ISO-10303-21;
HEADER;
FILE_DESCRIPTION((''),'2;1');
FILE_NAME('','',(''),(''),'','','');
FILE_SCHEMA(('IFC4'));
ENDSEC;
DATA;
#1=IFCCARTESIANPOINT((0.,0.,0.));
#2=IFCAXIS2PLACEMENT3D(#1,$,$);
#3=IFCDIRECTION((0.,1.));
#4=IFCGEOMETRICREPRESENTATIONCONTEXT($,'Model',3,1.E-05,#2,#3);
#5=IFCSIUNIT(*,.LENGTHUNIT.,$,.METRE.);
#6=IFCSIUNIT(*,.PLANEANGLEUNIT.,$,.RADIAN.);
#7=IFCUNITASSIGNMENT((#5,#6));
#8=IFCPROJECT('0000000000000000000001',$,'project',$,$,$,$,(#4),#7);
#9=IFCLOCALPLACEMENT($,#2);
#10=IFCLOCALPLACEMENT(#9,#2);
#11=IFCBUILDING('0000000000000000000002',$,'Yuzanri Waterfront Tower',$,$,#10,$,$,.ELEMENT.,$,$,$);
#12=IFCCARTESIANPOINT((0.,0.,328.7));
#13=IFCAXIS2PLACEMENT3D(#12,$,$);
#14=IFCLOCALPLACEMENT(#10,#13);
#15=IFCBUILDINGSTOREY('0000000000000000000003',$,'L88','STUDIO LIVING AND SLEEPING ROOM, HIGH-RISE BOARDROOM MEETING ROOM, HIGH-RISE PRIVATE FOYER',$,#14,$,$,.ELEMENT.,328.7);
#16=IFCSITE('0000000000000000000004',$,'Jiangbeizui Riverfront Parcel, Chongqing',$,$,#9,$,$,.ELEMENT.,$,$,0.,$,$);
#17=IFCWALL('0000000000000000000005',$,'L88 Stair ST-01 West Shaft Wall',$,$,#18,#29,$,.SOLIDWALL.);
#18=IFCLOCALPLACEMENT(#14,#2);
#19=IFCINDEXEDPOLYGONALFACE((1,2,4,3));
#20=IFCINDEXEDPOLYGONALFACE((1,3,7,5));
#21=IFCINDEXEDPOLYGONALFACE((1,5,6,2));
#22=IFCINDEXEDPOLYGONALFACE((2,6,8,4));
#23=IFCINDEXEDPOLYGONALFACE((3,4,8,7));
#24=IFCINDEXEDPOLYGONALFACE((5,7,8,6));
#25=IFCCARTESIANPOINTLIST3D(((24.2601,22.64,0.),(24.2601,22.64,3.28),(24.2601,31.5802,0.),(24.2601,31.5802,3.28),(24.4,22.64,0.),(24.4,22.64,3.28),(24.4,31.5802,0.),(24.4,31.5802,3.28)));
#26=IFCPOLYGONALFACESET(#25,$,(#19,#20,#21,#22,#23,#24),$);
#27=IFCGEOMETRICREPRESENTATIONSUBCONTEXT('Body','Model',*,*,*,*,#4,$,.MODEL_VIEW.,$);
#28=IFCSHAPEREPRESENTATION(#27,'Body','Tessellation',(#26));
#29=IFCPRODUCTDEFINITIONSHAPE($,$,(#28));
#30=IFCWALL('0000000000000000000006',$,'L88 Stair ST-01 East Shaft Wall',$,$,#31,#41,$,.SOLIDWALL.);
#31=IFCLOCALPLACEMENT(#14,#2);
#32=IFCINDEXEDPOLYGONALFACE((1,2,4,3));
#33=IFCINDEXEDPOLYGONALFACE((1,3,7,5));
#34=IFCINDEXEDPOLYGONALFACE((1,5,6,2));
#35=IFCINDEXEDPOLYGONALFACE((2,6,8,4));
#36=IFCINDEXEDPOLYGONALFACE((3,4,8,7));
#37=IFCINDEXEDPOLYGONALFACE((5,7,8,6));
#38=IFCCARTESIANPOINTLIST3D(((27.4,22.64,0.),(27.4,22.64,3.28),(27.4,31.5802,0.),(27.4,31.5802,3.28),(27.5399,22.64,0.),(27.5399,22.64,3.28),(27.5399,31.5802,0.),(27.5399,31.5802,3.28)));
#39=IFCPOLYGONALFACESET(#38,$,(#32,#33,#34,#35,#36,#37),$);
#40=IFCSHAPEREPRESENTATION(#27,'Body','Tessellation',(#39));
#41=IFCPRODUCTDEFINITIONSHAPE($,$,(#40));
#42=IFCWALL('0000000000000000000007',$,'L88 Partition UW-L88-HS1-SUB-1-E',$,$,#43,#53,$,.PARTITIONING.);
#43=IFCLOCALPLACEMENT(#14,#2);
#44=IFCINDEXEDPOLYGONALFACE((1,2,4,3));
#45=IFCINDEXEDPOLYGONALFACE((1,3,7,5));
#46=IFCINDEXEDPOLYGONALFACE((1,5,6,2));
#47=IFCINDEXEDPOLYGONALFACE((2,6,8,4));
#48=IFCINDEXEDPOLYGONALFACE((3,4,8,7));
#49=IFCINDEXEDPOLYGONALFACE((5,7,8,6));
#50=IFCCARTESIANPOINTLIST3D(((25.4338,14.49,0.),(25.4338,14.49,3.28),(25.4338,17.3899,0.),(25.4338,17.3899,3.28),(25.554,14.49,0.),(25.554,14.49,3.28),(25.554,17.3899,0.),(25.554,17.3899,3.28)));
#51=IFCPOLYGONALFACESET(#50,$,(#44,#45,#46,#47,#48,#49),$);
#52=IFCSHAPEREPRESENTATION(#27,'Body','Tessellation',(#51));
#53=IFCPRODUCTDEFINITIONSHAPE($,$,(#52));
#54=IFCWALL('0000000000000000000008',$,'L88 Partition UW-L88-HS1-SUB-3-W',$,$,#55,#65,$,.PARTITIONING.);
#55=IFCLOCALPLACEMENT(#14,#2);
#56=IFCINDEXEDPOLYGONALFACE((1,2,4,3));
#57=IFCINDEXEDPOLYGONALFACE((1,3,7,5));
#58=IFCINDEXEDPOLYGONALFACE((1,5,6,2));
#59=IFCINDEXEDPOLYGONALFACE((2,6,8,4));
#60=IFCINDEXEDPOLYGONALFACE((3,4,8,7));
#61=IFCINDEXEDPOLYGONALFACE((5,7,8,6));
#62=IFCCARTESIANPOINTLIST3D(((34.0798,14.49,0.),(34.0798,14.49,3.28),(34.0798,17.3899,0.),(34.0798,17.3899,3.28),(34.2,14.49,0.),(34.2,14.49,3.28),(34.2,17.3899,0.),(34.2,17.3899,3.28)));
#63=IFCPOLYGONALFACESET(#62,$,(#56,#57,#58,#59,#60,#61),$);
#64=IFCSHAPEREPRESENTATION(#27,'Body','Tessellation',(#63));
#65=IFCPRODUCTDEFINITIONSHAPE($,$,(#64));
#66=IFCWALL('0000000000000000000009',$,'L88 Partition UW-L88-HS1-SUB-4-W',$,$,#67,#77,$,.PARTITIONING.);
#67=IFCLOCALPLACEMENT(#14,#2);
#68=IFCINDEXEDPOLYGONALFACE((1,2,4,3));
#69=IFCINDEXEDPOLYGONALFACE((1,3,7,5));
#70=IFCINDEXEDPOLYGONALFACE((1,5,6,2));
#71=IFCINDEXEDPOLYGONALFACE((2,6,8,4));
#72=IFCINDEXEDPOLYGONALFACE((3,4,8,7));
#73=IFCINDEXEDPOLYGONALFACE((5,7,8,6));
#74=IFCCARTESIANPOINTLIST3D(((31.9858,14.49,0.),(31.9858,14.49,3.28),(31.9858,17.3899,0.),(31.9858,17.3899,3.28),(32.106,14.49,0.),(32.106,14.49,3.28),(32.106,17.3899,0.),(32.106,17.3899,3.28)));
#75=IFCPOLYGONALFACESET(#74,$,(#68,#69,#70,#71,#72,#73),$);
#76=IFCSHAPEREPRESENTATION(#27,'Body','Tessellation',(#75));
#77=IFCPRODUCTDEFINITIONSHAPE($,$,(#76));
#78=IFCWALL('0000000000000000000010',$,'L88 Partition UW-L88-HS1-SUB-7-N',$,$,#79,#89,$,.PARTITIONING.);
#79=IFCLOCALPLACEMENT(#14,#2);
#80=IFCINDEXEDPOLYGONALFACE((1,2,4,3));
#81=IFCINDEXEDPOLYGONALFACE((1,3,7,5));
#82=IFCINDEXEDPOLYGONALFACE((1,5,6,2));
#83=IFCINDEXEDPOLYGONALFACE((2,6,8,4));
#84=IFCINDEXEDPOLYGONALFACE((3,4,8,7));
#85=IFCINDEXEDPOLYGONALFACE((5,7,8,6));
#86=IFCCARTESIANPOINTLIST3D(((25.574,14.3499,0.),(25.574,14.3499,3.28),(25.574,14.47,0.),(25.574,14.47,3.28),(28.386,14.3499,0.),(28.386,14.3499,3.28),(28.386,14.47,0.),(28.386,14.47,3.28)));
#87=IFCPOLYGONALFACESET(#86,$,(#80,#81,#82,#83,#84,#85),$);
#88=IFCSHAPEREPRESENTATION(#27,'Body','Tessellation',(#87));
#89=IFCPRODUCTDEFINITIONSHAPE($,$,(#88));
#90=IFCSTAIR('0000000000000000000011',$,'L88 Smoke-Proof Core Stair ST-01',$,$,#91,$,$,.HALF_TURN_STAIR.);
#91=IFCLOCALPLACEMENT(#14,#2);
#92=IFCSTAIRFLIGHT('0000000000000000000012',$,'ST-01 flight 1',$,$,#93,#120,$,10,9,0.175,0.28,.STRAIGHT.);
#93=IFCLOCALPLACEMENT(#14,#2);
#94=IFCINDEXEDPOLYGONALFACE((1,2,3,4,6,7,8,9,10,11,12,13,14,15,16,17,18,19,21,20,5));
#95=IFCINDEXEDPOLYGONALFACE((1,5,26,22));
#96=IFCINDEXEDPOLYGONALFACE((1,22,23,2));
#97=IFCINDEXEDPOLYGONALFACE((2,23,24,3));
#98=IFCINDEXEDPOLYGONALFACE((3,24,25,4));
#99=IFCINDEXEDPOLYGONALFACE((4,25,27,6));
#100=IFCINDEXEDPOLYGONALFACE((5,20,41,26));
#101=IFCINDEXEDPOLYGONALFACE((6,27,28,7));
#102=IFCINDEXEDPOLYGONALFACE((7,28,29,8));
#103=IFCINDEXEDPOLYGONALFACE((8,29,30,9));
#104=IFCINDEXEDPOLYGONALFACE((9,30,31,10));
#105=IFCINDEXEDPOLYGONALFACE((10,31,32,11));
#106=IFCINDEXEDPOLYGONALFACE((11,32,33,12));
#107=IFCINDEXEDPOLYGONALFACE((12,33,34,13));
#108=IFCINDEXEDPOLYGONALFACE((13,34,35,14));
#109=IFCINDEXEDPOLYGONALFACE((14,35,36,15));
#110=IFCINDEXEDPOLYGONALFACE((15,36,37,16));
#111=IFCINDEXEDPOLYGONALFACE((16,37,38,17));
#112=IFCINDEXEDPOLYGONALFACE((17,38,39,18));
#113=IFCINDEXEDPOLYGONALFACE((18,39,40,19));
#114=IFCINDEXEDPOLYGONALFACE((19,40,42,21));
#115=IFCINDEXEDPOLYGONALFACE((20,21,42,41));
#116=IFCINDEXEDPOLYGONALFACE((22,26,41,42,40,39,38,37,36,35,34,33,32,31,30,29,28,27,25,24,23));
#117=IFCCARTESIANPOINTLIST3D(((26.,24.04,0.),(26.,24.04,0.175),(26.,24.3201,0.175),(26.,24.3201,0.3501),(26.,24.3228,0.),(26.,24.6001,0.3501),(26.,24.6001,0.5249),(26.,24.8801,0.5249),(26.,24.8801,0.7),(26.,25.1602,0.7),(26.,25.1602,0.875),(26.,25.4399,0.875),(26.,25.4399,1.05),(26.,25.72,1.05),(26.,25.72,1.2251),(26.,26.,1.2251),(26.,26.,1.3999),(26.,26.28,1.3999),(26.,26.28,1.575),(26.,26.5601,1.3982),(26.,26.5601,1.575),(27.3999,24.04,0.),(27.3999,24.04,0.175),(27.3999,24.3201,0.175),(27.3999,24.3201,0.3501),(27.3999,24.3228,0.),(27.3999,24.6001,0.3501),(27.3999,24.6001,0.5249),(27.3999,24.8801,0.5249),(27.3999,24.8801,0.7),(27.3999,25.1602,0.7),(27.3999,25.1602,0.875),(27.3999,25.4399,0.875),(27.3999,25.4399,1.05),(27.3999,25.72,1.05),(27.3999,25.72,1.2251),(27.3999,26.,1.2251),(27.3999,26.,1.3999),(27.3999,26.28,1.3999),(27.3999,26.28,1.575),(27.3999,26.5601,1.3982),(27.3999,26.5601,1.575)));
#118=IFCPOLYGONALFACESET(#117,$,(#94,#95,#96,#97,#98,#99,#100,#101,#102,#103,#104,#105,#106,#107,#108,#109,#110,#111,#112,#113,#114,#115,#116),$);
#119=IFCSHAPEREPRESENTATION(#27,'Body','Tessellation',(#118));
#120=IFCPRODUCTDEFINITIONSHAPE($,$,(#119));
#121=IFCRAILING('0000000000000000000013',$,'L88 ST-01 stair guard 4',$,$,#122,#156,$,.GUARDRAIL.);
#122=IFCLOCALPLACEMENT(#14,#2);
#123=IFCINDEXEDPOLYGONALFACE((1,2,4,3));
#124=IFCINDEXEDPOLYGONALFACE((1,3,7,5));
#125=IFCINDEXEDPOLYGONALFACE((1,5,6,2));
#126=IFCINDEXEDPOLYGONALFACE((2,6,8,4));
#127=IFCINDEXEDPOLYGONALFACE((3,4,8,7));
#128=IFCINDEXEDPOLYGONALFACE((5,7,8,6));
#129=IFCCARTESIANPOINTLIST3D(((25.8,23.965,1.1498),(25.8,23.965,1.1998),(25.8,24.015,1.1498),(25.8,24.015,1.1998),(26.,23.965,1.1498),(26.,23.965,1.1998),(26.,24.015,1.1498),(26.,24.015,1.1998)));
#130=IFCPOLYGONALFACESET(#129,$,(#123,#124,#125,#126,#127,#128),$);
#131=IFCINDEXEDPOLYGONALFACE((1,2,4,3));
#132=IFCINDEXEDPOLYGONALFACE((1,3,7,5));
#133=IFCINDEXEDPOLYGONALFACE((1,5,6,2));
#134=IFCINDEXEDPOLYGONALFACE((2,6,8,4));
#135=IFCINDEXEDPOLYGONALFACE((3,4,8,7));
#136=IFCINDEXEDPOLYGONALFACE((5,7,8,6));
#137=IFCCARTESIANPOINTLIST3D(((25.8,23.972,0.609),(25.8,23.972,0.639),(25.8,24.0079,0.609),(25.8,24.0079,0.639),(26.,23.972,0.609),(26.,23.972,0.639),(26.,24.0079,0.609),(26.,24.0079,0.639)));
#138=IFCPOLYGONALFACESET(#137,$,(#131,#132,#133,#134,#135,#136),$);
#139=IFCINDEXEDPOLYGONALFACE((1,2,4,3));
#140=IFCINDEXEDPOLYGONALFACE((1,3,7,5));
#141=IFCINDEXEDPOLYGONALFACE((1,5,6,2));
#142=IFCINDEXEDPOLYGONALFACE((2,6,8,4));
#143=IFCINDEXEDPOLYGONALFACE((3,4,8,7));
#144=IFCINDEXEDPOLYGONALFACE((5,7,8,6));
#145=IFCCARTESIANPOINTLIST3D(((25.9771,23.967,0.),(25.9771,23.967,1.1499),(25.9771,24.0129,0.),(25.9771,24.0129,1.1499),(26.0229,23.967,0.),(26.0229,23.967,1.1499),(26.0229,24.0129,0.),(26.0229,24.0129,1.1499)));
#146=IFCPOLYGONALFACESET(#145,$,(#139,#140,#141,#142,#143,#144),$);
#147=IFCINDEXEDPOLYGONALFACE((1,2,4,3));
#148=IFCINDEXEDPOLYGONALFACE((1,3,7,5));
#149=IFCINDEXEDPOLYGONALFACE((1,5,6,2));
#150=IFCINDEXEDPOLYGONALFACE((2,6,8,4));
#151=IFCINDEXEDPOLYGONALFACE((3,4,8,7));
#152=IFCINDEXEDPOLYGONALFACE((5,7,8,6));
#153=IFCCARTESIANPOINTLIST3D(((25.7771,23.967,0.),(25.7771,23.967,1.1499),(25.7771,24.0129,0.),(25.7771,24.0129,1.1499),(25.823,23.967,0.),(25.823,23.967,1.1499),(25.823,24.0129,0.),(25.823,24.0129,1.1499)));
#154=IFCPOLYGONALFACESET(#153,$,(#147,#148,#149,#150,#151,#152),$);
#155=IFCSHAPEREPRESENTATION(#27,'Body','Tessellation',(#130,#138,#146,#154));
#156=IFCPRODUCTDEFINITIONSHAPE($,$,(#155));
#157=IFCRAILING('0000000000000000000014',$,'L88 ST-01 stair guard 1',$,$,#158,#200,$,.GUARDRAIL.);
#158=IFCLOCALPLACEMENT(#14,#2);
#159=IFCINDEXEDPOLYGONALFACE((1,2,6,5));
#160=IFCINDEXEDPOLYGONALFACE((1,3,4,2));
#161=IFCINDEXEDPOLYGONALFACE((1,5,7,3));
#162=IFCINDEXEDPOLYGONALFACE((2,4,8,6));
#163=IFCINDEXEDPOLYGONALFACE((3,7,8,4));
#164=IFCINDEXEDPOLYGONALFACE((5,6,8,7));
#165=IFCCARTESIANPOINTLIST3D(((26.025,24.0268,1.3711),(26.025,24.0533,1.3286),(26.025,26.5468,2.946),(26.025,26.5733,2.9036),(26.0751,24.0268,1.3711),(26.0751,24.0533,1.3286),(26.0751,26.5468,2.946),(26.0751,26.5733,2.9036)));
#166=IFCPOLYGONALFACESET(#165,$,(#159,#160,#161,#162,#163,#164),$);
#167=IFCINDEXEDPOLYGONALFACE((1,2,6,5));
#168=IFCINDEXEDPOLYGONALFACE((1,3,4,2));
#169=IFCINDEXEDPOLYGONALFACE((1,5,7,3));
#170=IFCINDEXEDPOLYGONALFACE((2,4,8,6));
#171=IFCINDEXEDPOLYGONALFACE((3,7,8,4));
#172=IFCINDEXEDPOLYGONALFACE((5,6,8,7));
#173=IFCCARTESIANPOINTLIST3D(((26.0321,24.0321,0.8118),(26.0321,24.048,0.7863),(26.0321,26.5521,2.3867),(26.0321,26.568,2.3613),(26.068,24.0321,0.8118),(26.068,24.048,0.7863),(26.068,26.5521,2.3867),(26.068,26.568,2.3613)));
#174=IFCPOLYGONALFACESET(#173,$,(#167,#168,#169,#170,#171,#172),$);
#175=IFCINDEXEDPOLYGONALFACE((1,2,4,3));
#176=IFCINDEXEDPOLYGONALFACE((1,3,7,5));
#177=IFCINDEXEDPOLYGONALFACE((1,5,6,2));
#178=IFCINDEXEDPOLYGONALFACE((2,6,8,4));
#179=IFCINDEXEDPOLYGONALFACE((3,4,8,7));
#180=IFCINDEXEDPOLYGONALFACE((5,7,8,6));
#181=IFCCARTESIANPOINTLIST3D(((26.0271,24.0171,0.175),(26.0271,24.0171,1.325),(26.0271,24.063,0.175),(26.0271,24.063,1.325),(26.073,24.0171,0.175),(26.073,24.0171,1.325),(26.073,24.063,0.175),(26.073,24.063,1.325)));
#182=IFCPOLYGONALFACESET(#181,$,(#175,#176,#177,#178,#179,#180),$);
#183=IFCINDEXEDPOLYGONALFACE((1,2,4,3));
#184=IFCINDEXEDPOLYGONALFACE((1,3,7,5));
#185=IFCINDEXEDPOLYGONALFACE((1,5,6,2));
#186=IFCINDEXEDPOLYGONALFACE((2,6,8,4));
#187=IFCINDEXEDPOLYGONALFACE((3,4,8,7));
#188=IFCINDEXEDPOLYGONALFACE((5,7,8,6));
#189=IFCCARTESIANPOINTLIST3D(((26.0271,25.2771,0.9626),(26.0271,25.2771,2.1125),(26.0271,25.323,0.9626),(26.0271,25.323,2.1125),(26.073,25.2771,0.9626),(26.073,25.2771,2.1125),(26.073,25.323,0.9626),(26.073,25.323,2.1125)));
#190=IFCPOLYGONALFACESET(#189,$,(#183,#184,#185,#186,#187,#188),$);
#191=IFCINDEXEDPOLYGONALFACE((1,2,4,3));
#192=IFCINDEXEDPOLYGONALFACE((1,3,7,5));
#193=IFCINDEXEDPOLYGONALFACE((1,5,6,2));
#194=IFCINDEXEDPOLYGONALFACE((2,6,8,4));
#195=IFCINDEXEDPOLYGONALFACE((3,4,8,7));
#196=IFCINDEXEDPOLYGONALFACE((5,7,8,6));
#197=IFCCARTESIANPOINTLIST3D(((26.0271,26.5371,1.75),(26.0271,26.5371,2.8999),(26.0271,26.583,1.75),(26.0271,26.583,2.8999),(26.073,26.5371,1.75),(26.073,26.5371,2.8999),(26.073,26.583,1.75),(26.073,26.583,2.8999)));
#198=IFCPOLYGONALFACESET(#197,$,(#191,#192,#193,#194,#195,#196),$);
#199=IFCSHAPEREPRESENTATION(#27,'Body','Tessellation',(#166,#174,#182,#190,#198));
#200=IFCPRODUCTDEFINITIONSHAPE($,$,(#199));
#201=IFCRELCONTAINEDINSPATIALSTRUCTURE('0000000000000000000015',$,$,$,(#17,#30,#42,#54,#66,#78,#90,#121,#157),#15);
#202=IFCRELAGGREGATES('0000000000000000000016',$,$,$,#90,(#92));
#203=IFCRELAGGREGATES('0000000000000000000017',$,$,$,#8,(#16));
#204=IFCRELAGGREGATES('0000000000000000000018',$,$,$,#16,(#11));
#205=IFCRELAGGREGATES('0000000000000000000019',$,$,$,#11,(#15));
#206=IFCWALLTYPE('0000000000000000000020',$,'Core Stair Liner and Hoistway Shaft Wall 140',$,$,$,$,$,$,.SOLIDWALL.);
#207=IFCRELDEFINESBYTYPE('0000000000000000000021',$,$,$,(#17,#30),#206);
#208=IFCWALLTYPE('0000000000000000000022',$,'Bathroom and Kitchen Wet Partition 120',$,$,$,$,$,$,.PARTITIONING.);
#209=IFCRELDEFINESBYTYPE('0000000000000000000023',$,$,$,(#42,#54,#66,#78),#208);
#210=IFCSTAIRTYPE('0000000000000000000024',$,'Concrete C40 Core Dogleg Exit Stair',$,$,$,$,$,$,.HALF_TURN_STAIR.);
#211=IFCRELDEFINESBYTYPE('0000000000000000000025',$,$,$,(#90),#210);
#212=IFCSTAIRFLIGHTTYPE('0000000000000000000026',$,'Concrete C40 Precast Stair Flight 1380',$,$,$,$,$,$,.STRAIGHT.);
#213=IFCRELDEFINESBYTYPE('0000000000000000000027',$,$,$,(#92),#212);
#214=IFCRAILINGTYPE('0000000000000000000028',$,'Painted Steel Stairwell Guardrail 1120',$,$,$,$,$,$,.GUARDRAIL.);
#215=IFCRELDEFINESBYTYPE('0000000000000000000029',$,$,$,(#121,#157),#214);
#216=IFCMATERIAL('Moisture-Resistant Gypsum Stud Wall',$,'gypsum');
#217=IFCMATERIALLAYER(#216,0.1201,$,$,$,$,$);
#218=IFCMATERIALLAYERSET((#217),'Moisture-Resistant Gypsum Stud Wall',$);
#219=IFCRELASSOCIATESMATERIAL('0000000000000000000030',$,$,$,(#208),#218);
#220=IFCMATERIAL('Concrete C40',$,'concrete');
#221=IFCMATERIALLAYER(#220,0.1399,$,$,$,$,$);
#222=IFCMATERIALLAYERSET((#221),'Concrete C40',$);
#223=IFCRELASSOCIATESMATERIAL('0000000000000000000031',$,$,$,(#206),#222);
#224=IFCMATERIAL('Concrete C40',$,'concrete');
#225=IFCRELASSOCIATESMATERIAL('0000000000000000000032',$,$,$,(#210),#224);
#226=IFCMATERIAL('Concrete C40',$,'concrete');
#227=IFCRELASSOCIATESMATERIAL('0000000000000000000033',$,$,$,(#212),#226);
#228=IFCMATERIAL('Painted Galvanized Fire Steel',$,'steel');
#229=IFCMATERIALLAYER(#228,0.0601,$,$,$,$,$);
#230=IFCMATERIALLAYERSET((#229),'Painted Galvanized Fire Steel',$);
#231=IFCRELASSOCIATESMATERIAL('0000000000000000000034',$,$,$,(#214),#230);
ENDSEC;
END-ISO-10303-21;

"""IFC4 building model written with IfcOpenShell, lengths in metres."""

from ifc_helpers import new_model, si_unit, direction, frame, frame_2d, origin, origin_2d, place, context, subcontext, project, spatial, polyline, rectangle, outline, extrude, source, transform, mapped, material, layer, layer_set, type_object, element, aggregate, save


model = new_model("IFC4")

# Units and contexts
model_context = context("Model", 3, precision=1e-05, world=origin(), true_north=direction((0.0, 1.0)))
body_context = subcontext(model_context, "Body", "Model", "MODEL_VIEW")
ifc_project = project(units=[si_unit("LENGTHUNIT", "METRE"), si_unit("PLANEANGLEUNIT", "RADIAN")], contexts=[model_context])

# Site, building, storey
site_placement = place(None, origin())
site = spatial("IfcSite", under=ifc_project, at=site_placement, Name="Jiangbeizui Riverfront Parcel, Chongqing", CompositionType="ELEMENT", RefElevation=0.0)
building_placement = place(site_placement, origin())
building = spatial("IfcBuilding", under=site, at=building_placement, Name="Yuzanri Waterfront Tower", CompositionType="ELEMENT")
storey_placement = place(building_placement, frame((0.0, 0.0, 328.7)))
storey = spatial("IfcBuildingStorey", under=building, at=storey_placement, Name="L88", Description="STUDIO LIVING AND SLEEPING ROOM, HIGH-RISE BOARDROOM MEETING ROOM, HIGH-RISE PRIVATE FOYER", CompositionType="ELEMENT", Elevation=328.7)

# Shared definitions
ifc_material_1 = material(Name="Moisture-Resistant Gypsum Stud Wall", Category="gypsum")
ifc_layer_1 = layer(ifc_material_1, 0.1201)
ifc_layer_set_1 = layer_set([ifc_layer_1], Name="Moisture-Resistant Gypsum Stud Wall")
wall_type_1 = type_object("IfcWallType", Name="Bathroom and Kitchen Wet Partition 120", PredefinedType="PARTITIONING", material=ifc_layer_set_1)

# Shared definitions
ifc_material_2 = material(Name="Concrete C40", Category="concrete")
ifc_layer_2 = layer(ifc_material_2, 0.1399)
ifc_layer_set_2 = layer_set([ifc_layer_2], Name="Concrete C40")
wall_type_2 = type_object("IfcWallType", Name="Core Stair Liner and Hoistway Shaft Wall 140", PredefinedType="SOLIDWALL", material=ifc_layer_set_2)

# Walls
shared_shape_1 = source(origin(), body_context, "Body", "SweptSolid", [
    extrude(rectangle(XDim=8.9402, YDim=0.1399, at=frame_2d((4.4702, 0.0))), origin(), (0.0, 0.0, 1.0), 3.28),
])
for number, where, z_axis, x_axis, name in (
    (1, (24.3301, 22.6399, 0.0), (0.0, 0.0, 1.0), (0.0, 1.0, 0.0), "L88 Stair ST-01 West Shaft Wall"),
    (2, (27.47, 22.6399, 0.0), (0.0, 0.0, 1.0), (0.0, 1.0, 0.0), "L88 Stair ST-01 East Shaft Wall"),
):
    element("IfcWall", number, at=place(storey_placement, frame(where, z_axis=z_axis, x_axis=x_axis)), inside=storey, type_object=wall_type_2, Name=name, PredefinedType="SOLIDWALL", context=body_context, shape_type="MappedRepresentation", body=[
        mapped(shared_shape_1, transform((0.0, 0.0, 0.0), scale=1.0)),
    ])
shared_shape_2 = source(origin(), body_context, "Body", "SweptSolid", [
    extrude(rectangle(XDim=2.8999, YDim=0.1201, at=frame_2d((1.45, 0.0))), origin(), (0.0, 0.0, 1.0), 3.28),
])
for number, where, z_axis, x_axis, name in (
    (3, (25.4939, 14.49, 0.0), (0.0, 0.0, 1.0), (0.0, 1.0, 0.0), "L88 Partition UW-L88-HS1-SUB-1-E"),
    (4, (34.1399, 14.49, 0.0), (0.0, 0.0, 1.0), (0.0, 1.0, 0.0), "L88 Partition UW-L88-HS1-SUB-3-W"),
    (5, (32.0459, 14.49, 0.0), (0.0, 0.0, 1.0), (0.0, 1.0, 0.0), "L88 Partition UW-L88-HS1-SUB-4-W"),
):
    element("IfcWall", number, at=place(storey_placement, frame(where, z_axis=z_axis, x_axis=x_axis)), inside=storey, type_object=wall_type_1, Name=name, PredefinedType="PARTITIONING", context=body_context, shape_type="MappedRepresentation", body=[
        mapped(shared_shape_2, transform((0.0, 0.0, 0.0), scale=1.0)),
    ])
shared_shape_3 = source(origin(), body_context, "Body", "SweptSolid", [
    extrude(rectangle(XDim=2.812, YDim=0.1201, at=frame_2d((1.406, 0.0))), origin(), (0.0, 0.0, 1.0), 3.28),
])
wall_1_placement = place(storey_placement, frame((25.574, 14.4099, 0.0), z_axis=(0.0, 0.0, 1.0), x_axis=(1.0, 0.0, 0.0)))
element("IfcWall", 6, at=wall_1_placement, inside=storey, type_object=wall_type_1, Name="L88 Partition UW-L88-HS1-SUB-7-N", PredefinedType="PARTITIONING", context=body_context, shape_type="MappedRepresentation", body=[
    mapped(shared_shape_3, transform((0.0, 0.0, 0.0), scale=1.0)),
])

# Stair, stair flight
ifc_material_3 = material(Name="Concrete C40", Category="concrete")
stair_type = type_object("IfcStairType", Name="Concrete C40 Core Dogleg Exit Stair", PredefinedType="HALF_TURN_STAIR", material=ifc_material_3)
stair_placement = place(storey_placement, origin())
stair = element("IfcStair", 7, at=stair_placement, inside=storey, type_object=stair_type, Name="L88 Smoke-Proof Core Stair ST-01", PredefinedType="HALF_TURN_STAIR")
ifc_material_4 = material(Name="Concrete C40", Category="concrete")
stair_flight_type = type_object("IfcStairFlightType", Name="Concrete C40 Precast Stair Flight 1380", PredefinedType="STRAIGHT", material=ifc_material_4)
shared_shape_4 = source(origin(), body_context, "Body", "SweptSolid", [
    extrude(outline(polyline([(0.0, 0.0), (0.0, 0.175), (0.28, 0.175), (0.28, 0.3501), (0.5601, 0.3501), (0.5601, 0.5249), (0.8401, 0.5249), (0.8401, 0.7), (1.1201, 0.7), (1.1201, 0.875), (1.3999, 0.875), (1.3999, 1.05), (1.6799, 1.05), (1.6799, 1.2251), (1.96, 1.2251), (1.96, 1.3999), (2.24, 1.3999), (2.24, 1.575), (2.52, 1.575), (2.52, 1.75), (2.52, 1.3982), (0.2827, 0.0), (0.0, 0.0)])), frame((0.0, 0.7, 0.0), z_axis=(0.0, -1.0, 0.0), x_axis=(1.0, 0.0, 0.0)), (0.0, 0.0, 1.0), 1.3999),
])
stair_flight_placement = place(storey_placement, frame((26.7, 24.04, 0.0), z_axis=(0.0, 0.0, 1.0), x_axis=(0.0, 1.0, 0.0)))
stair_flight = element("IfcStairFlight", 8, at=stair_flight_placement, type_object=stair_flight_type, Name="ST-01 flight 1", NumberOfRisers=10, NumberOfTreads=9, PredefinedType="STRAIGHT", RiserHeight=0.175, TreadLength=0.28, context=body_context, shape_type="MappedRepresentation", body=[
    mapped(shared_shape_4, transform((0.0, 0.0, 0.0), scale=1.0)),
])
aggregate(stair, [stair_flight])

# Railings
ifc_material_5 = material(Name="Painted Galvanized Fire Steel", Category="steel")
ifc_layer_3 = layer(ifc_material_5, 0.0601)
ifc_layer_set_3 = layer_set([ifc_layer_3], Name="Painted Galvanized Fire Steel")
railing_type = type_object("IfcRailingType", Name="Painted Steel Stairwell Guardrail 1120", PredefinedType="GUARDRAIL", material=ifc_layer_set_3)
shared_shape_5 = source(origin(), body_context, "Body", "SweptSolid", [
    extrude(rectangle(XDim=0.05, YDim=0.05, at=origin_2d()), frame((0.0, 0.0, 1.1748), z_axis=(-1.0, 0.0, 0.0), x_axis=(0.0, -1.0, 0.0)), (0.0, 0.0, 1.0), 0.2),
    extrude(rectangle(XDim=0.0359, YDim=0.03, at=origin_2d()), frame((0.0, 0.0, 0.624), z_axis=(-1.0, 0.0, 0.0), x_axis=(0.0, -1.0, 0.0)), (0.0, 0.0, 1.0), 0.2),
    extrude(rectangle(XDim=0.0459, YDim=0.0459, at=origin_2d()), origin(), (0.0, 0.0, 1.0), 1.1499),
    extrude(rectangle(XDim=0.0459, YDim=0.0459, at=origin_2d()), frame((-0.2, 0.0, 0.0)), (0.0, 0.0, 1.0), 1.1499),
])
railing_1_placement = place(storey_placement, frame((26.0, 23.99, 0.0)))
element("IfcRailing", 9, at=railing_1_placement, inside=storey, type_object=railing_type, Name="L88 ST-01 stair guard 4", PredefinedType="GUARDRAIL", context=body_context, shape_type="MappedRepresentation", body=[
    mapped(shared_shape_5, transform((0.0, 0.0, 0.0), scale=1.0)),
])
shared_shape_6 = source(origin(), body_context, "Body", "SweptSolid", [
    extrude(rectangle(XDim=0.05, YDim=0.05, at=origin_2d()), frame((0.0, 0.0, 1.1748), z_axis=(0.0, 0.848008, 0.529984), x_axis=(-1.0, 0.0, 0.0)), (0.0, 0.0, 1.0), 2.9717),
    extrude(rectangle(XDim=0.0359, YDim=0.03, at=origin_2d()), frame((0.0, 0.0, 0.624), z_axis=(0.0, 0.848008, 0.529984), x_axis=(-1.0, 0.0, 0.0)), (0.0, 0.0, 1.0), 2.9717),
    extrude(rectangle(XDim=0.0459, YDim=0.0459, at=origin_2d()), origin(), (0.0, 0.0, 1.0), 1.1499),
    extrude(rectangle(XDim=0.0459, YDim=0.0459, at=origin_2d()), frame((0.0, 1.26, 0.7876)), (0.0, 0.0, 1.0), 1.1499),
    extrude(rectangle(XDim=0.0459, YDim=0.0459, at=origin_2d()), frame((0.0, 2.52, 1.575)), (0.0, 0.0, 1.0), 1.1499),
])
railing_2_placement = place(storey_placement, frame((26.05, 24.04, 0.175)))
element("IfcRailing", 10, at=railing_2_placement, inside=storey, type_object=railing_type, Name="L88 ST-01 stair guard 1", PredefinedType="GUARDRAIL", context=body_context, shape_type="MappedRepresentation", body=[
    mapped(shared_shape_6, transform((0.0, 0.0, 0.0), scale=1.0)),
])

save(model, "model.ifc")
